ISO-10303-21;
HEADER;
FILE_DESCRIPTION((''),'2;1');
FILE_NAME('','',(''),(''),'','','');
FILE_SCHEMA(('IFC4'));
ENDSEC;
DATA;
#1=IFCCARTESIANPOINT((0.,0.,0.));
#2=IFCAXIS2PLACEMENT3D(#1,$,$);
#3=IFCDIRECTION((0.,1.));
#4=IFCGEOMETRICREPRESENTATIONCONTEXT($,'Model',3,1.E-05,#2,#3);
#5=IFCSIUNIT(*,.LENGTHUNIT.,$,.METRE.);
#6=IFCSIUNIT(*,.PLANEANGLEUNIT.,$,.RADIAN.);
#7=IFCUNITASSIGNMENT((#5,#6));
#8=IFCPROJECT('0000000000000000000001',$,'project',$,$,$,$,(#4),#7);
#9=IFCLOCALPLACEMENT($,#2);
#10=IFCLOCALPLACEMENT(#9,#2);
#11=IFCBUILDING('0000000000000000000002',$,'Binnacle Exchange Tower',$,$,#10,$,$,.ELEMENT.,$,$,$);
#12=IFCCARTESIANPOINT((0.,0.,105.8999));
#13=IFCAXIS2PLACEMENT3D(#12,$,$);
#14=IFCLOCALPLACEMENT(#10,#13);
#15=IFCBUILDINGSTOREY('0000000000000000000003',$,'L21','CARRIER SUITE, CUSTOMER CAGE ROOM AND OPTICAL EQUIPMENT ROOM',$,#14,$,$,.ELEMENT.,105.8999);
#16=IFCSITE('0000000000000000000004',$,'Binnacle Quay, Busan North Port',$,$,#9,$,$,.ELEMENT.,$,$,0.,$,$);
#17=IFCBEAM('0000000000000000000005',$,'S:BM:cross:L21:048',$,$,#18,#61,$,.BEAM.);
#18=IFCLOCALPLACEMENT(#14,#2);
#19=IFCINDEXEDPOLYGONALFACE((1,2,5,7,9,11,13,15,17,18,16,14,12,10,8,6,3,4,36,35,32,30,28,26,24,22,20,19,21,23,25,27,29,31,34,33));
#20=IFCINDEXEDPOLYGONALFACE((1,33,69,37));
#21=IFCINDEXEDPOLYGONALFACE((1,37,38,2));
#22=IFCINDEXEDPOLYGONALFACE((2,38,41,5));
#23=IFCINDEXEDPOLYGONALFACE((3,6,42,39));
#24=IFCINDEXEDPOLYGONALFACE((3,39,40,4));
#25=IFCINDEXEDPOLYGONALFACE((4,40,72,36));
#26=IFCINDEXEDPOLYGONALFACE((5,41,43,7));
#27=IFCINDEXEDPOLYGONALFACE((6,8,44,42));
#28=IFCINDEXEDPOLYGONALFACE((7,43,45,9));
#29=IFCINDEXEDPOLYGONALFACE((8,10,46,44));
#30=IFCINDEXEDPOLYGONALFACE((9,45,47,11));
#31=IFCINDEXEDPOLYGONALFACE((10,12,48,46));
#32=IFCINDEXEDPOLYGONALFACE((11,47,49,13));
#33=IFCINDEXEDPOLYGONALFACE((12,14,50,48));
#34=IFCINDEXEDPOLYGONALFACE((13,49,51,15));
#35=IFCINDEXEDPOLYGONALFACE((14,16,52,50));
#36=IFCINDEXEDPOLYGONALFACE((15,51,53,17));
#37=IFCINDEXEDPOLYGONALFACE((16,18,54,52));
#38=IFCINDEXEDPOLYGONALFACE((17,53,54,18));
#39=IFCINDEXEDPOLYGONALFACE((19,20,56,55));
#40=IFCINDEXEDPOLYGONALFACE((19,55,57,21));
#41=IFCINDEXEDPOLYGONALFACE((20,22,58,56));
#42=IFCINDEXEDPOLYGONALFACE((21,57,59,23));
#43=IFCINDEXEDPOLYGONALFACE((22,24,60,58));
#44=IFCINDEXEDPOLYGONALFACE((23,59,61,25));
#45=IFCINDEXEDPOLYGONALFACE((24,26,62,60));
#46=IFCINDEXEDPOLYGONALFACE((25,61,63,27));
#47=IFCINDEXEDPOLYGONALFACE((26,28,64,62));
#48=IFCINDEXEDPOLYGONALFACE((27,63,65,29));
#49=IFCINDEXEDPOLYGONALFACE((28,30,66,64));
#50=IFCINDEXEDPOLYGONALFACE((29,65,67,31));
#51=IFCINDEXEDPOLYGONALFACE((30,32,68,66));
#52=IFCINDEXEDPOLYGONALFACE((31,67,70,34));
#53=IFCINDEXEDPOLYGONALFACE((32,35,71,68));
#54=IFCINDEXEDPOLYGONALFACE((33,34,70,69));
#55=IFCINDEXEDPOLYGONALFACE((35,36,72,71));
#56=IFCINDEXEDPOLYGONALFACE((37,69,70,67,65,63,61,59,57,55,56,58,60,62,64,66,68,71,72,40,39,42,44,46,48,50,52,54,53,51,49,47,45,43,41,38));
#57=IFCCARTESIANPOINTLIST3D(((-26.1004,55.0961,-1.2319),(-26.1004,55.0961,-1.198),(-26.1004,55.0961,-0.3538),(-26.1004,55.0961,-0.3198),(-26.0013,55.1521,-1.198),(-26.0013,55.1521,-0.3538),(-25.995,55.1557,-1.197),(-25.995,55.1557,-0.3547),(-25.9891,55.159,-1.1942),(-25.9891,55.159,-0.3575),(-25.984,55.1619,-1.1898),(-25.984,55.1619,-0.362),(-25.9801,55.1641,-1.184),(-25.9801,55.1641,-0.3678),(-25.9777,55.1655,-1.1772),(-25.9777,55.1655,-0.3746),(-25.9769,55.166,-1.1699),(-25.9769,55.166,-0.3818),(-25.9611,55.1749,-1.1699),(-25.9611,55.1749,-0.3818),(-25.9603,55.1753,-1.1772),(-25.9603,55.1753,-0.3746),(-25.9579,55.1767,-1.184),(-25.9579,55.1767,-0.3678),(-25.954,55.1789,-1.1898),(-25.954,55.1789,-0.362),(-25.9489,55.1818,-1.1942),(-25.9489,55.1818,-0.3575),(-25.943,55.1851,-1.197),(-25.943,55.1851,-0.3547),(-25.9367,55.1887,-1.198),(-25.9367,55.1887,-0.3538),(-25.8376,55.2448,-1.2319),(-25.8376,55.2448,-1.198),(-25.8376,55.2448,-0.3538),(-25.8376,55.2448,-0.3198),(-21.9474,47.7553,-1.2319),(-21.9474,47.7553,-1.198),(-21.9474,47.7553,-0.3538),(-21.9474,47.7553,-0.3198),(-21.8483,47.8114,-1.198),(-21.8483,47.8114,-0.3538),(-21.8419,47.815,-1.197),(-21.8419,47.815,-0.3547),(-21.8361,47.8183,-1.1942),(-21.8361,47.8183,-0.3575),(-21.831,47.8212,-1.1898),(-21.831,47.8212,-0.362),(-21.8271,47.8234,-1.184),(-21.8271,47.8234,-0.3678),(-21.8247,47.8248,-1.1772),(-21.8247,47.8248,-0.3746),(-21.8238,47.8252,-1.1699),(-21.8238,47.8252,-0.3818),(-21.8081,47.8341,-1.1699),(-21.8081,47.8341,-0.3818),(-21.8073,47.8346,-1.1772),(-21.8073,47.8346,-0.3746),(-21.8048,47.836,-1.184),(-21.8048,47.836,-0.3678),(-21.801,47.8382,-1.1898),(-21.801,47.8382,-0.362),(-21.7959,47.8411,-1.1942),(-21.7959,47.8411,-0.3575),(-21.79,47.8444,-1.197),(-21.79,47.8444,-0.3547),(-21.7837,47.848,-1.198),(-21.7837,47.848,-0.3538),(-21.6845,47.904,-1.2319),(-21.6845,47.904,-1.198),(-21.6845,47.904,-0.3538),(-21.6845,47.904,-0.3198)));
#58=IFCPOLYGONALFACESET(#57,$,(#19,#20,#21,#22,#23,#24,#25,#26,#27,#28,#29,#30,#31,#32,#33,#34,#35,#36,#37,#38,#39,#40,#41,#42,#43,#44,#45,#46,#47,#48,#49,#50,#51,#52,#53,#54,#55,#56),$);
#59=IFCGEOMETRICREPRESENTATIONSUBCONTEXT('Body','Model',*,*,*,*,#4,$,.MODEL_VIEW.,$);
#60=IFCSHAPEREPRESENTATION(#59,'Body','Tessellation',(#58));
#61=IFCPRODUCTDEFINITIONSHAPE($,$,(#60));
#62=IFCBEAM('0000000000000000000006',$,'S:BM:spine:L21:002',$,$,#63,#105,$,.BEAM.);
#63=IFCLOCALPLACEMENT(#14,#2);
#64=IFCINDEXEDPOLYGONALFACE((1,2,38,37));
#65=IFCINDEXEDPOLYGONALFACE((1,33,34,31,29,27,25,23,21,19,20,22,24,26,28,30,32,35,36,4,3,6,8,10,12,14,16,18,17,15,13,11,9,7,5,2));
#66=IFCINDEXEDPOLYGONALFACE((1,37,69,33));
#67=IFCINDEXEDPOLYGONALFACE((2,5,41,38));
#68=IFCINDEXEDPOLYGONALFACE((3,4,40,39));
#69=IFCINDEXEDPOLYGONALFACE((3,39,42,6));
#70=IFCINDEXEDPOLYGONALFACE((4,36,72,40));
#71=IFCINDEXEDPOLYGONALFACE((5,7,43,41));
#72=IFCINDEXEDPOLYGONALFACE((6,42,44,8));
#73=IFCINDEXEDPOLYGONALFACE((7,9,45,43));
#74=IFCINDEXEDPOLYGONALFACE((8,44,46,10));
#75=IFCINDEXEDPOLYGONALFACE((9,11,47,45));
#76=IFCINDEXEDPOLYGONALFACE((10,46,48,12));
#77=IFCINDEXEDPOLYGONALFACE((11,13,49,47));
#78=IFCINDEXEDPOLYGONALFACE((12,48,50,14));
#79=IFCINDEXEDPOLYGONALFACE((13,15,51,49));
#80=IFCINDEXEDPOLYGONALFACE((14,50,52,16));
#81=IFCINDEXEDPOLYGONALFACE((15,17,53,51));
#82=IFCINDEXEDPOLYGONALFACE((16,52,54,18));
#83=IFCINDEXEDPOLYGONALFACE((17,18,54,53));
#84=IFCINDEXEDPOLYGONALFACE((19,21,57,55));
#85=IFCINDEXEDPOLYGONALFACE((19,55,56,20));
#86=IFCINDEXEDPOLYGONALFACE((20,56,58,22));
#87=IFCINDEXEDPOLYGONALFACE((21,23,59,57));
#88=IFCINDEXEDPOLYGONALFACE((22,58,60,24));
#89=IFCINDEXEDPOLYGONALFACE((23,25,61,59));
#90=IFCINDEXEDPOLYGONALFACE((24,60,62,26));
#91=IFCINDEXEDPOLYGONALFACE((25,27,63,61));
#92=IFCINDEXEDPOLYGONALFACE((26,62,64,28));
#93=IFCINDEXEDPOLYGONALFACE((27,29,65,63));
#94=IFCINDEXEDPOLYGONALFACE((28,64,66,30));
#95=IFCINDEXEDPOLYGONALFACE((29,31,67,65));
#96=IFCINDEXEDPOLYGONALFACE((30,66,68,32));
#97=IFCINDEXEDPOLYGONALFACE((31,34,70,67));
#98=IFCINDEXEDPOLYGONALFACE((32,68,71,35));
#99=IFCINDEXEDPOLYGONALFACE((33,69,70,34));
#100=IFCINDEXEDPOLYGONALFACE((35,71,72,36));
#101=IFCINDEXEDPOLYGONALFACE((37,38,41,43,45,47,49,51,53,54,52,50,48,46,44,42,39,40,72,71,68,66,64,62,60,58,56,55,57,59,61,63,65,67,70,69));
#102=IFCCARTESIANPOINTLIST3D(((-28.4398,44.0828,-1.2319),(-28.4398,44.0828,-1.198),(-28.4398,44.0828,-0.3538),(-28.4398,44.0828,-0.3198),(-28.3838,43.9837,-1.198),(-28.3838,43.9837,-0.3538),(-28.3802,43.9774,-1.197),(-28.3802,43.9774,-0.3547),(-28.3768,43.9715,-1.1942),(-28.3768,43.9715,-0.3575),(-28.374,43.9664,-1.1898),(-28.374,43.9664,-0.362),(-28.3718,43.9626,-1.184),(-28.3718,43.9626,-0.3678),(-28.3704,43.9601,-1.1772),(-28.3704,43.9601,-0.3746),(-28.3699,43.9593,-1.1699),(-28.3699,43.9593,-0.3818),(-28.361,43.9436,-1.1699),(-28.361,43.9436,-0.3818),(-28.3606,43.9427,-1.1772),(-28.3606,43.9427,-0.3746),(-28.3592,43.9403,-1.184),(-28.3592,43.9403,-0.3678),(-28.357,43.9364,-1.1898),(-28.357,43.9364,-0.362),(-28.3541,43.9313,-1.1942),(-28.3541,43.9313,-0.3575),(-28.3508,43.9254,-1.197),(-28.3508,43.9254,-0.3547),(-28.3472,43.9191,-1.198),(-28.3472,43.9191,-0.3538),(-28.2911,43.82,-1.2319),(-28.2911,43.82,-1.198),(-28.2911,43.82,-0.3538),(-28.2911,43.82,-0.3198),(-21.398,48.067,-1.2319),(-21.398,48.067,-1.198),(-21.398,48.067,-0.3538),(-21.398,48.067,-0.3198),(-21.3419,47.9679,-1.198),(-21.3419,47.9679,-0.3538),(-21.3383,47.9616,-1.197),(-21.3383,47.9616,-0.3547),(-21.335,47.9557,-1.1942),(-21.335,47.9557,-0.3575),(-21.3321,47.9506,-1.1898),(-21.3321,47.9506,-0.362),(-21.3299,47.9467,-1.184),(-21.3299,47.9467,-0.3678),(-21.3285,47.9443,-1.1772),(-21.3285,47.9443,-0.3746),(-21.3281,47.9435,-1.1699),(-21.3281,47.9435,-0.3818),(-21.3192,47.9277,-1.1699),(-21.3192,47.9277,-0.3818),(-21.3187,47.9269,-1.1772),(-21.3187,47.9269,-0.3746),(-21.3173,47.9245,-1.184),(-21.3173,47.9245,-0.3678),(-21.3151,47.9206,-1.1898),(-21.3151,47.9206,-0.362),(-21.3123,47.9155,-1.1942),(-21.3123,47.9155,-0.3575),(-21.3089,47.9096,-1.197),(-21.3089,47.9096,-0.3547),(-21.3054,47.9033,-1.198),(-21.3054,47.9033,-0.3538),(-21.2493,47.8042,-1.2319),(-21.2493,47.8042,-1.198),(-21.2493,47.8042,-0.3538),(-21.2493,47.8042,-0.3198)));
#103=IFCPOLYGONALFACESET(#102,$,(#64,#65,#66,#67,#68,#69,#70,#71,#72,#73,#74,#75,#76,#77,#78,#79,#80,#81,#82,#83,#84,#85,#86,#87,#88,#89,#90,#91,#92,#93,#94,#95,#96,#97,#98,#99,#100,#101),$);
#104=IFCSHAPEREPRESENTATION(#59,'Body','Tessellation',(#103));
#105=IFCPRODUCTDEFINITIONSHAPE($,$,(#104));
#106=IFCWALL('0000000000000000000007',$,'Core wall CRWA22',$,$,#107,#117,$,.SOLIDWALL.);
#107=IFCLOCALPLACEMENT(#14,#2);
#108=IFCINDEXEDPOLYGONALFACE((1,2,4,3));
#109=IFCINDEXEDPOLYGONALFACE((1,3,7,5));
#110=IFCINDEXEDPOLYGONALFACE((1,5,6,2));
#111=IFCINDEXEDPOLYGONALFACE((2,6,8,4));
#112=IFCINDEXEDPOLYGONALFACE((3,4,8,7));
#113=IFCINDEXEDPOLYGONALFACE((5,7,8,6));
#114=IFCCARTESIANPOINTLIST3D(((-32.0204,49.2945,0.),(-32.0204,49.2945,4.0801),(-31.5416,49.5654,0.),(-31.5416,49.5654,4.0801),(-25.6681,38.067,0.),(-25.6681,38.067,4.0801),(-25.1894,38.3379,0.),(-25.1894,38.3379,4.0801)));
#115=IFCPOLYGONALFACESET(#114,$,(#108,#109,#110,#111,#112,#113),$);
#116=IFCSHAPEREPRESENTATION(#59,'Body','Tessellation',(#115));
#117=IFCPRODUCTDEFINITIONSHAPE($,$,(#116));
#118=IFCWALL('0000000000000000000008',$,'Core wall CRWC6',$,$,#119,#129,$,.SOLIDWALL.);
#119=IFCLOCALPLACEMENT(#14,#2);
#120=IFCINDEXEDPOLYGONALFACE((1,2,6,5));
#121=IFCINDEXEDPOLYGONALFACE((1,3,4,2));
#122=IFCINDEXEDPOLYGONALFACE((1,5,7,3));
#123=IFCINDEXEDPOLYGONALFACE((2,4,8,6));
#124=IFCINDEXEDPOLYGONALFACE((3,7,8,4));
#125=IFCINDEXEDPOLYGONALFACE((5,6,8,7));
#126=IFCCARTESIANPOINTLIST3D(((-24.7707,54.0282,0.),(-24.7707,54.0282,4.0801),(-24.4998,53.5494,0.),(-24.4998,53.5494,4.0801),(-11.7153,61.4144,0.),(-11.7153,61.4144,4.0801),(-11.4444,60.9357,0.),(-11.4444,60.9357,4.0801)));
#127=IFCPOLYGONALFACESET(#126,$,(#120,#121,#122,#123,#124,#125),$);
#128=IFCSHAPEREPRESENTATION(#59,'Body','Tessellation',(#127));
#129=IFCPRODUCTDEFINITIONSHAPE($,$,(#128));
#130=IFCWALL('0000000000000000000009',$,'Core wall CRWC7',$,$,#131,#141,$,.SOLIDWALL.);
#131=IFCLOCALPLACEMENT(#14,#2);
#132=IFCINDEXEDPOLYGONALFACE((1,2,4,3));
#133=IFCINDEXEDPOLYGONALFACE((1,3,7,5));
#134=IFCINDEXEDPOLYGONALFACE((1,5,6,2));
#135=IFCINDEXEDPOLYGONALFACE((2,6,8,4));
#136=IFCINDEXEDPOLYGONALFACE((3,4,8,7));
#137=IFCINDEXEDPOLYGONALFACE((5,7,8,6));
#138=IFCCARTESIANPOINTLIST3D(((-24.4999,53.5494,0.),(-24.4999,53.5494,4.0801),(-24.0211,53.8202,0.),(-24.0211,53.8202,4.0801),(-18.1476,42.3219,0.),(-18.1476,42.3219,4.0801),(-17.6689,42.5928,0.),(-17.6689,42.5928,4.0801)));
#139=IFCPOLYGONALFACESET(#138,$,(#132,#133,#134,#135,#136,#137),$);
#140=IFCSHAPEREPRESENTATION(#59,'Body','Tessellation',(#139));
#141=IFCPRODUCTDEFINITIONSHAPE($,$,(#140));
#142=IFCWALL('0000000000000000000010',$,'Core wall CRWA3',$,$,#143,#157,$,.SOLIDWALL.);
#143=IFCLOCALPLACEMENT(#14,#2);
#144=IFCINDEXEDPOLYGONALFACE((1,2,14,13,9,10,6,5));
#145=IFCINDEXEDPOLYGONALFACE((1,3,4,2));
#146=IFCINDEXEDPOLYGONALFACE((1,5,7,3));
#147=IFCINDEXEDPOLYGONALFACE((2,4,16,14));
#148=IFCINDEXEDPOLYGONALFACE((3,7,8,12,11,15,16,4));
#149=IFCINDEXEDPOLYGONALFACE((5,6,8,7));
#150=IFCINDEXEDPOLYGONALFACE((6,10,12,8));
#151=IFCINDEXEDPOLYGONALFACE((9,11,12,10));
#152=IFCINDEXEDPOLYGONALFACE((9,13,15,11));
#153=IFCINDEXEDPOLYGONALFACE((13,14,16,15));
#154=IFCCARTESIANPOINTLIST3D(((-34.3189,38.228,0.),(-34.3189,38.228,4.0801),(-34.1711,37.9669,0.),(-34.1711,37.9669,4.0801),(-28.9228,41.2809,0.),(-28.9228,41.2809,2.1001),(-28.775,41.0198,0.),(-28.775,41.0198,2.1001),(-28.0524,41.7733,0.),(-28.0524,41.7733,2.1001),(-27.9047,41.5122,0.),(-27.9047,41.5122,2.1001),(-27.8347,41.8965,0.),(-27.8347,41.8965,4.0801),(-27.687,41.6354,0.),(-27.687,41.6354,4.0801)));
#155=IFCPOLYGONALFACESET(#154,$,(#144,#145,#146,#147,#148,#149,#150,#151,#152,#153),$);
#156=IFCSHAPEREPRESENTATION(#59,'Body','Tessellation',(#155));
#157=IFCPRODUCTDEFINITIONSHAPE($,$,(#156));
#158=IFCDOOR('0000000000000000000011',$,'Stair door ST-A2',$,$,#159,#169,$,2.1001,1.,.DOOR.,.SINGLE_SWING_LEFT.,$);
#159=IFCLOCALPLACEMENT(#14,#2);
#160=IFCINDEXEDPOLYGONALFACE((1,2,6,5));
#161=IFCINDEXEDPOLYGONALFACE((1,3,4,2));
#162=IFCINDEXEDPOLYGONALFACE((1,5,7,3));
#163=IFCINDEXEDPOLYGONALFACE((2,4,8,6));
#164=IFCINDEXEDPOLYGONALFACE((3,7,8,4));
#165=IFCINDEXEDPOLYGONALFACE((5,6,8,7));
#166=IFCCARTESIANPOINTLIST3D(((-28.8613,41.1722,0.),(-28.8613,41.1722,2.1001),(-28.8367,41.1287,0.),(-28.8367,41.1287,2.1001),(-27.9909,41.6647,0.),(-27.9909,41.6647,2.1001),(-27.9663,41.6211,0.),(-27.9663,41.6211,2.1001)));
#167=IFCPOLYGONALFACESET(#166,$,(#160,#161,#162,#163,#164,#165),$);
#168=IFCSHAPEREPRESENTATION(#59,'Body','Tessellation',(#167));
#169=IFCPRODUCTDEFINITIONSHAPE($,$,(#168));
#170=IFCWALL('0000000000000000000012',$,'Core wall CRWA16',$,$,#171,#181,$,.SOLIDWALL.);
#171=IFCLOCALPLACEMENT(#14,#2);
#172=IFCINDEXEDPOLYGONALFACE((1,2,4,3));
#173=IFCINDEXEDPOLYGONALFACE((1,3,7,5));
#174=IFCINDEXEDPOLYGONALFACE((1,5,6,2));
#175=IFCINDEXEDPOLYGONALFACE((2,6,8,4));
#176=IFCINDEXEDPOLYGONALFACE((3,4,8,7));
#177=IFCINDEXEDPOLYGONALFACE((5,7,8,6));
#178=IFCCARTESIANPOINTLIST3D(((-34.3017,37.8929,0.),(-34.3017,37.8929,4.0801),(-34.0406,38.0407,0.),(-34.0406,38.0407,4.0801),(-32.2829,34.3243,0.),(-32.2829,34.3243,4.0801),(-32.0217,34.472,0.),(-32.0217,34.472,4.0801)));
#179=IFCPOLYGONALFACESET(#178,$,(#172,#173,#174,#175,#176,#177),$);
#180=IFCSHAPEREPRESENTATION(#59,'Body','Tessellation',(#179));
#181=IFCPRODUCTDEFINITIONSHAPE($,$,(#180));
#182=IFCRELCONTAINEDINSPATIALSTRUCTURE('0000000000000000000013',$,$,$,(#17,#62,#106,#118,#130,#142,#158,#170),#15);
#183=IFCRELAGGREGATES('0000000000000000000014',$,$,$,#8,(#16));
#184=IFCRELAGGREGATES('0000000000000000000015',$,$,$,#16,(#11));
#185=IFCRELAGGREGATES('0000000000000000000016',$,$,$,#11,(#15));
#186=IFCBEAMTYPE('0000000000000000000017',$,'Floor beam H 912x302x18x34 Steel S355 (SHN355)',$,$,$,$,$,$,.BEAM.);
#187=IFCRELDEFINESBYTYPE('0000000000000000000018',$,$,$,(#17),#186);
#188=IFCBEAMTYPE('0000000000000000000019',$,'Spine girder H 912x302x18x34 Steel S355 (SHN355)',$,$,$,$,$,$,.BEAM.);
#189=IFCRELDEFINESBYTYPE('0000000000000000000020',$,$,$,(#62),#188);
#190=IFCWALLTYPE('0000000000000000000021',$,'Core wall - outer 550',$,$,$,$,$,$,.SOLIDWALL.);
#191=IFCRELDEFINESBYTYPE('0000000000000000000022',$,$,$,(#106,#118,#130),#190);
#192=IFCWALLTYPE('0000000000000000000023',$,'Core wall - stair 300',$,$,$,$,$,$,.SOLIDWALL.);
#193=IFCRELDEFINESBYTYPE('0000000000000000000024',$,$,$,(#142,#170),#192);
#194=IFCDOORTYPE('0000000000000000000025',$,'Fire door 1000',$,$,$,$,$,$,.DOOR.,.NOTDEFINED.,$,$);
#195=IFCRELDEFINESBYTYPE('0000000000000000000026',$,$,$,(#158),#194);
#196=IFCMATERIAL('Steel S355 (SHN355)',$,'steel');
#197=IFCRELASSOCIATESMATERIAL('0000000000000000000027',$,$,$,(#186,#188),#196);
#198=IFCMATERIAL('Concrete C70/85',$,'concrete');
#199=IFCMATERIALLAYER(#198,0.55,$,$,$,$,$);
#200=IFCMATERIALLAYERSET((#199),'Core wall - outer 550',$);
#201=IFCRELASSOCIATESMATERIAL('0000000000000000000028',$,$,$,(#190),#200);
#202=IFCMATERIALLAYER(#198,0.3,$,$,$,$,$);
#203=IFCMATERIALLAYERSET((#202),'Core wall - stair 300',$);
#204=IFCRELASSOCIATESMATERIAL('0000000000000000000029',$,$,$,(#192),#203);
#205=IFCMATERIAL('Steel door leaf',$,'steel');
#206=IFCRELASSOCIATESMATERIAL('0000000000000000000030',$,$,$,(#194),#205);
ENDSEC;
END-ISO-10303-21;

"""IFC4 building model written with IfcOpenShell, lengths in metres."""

from ifc_helpers import new_model, si_unit, direction, frame, frame_2d, origin, origin_2d, place, context, subcontext, project, spatial, rectangle, i_section, extrude, material, layer, layer_set, material_profile, profile_set, type_object, element, fill, save


model = new_model("IFC4")

# Units and contexts
model_context = context("Model", 3, precision=1e-05, world=origin(), true_north=direction((0.0, 1.0)))
body_context = subcontext(model_context, "Body", "Model", "MODEL_VIEW")
ifc_project = project(units=[si_unit("LENGTHUNIT", "METRE"), si_unit("PLANEANGLEUNIT", "RADIAN")], contexts=[model_context])

# Site, building, storey
site_placement = place(None, origin())
site = spatial("IfcSite", under=ifc_project, at=site_placement, Name="Binnacle Quay, Busan North Port", CompositionType="ELEMENT", RefElevation=0.0)
building_placement = place(site_placement, origin())
building = spatial("IfcBuilding", under=site, at=building_placement, Name="Binnacle Exchange Tower", CompositionType="ELEMENT")
storey_placement = place(building_placement, frame((0.0, 0.0, 105.8999)))
storey = spatial("IfcBuildingStorey", under=building, at=storey_placement, Name="L21", Description="CARRIER SUITE, CUSTOMER CAGE ROOM AND OPTICAL EQUIPMENT ROOM", CompositionType="ELEMENT", Elevation=105.8999)

# Shared definitions
ifc_material_1 = material(Name="Concrete C70/85", Category="concrete")

# Beams
ifc_material_2 = material(Name="Steel S355 (SHN355)", Category="steel")
ifc_material_profile_1 = material_profile(ifc_material_2, i_section(OverallWidth=0.302, OverallDepth=0.9121, WebThickness=0.0181, FlangeThickness=0.0339, FilletRadius=0.0281, at=origin_2d()), Name="H 912x302x18x34")
ifc_profile_set_1 = profile_set([ifc_material_profile_1], Name="Steel S355 (SHN355)")
beam_type_1 = type_object("IfcBeamType", Name="Floor beam H 912x302x18x34 Steel S355 (SHN355)", PredefinedType="BEAM", material=ifc_profile_set_1)
beam_1_placement = place(storey_placement, frame((-25.969, 55.1704, -0.7759), z_axis=(0.492409, -0.870364, 0.0), x_axis=(0.870364, 0.492409, 0.0)))
element("IfcBeam", 1, at=beam_1_placement, inside=storey, type_object=beam_type_1, Name="S:BM:cross:L21:048", PredefinedType="BEAM", context=body_context, shape_type="SweptSolid", body=[
    extrude(i_section(OverallWidth=0.302, OverallDepth=0.9121, WebThickness=0.0181, FlangeThickness=0.0339, FilletRadius=0.0281, at=origin_2d()), origin(), (0.0, 0.0, 1.0), 8.4341),
])
ifc_material_profile_2 = material_profile(ifc_material_2, i_section(OverallWidth=0.302, OverallDepth=0.9121, WebThickness=0.0181, FlangeThickness=0.0339, FilletRadius=0.0281, at=origin_2d()), Name="H 912x302x18x34")
ifc_profile_set_2 = profile_set([ifc_material_profile_2], Name="Steel S355 (SHN355)")
beam_type_2 = type_object("IfcBeamType", Name="Spine girder H 912x302x18x34 Steel S355 (SHN355)", PredefinedType="BEAM", material=ifc_profile_set_2)
beam_2_placement = place(storey_placement, frame((-28.3655, 43.9514, -0.7759), z_axis=(0.87035, 0.492433, 0.0), x_axis=(-0.492433, 0.87035, 0.0)))
element("IfcBeam", 2, at=beam_2_placement, inside=storey, type_object=beam_type_2, Name="S:BM:spine:L21:002", PredefinedType="BEAM", context=body_context, shape_type="SweptSolid", body=[
    extrude(i_section(OverallWidth=0.302, OverallDepth=0.9121, WebThickness=0.0181, FlangeThickness=0.0339, FilletRadius=0.0281, at=origin_2d()), origin(), (0.0, 0.0, 1.0), 8.0908),
])

# Walls
ifc_layer_1 = layer(ifc_material_1, 0.55)
ifc_layer_set_1 = layer_set([ifc_layer_1], Name="Core wall - outer 550")
wall_type_1 = type_object("IfcWallType", Name="Core wall - outer 550", PredefinedType="SOLIDWALL", material=ifc_layer_set_1)
wall_1_placement = place(storey_placement, frame((-31.781, 49.4299, 0.0), z_axis=(0.0, 0.0, 1.0), x_axis=(0.492427, -0.870354, 0.0)))
element("IfcWall", 3, at=wall_1_placement, inside=storey, type_object=wall_type_1, Name="Core wall CRWA22", PredefinedType="SOLIDWALL", context=body_context, shape_type="SweptSolid", body=[
    extrude(rectangle(XDim=12.8999, YDim=0.55, at=frame_2d((6.45, 0.0))), origin(), (0.0, 0.0, 1.0), 4.0801),
])
wall_2_placement = place(storey_placement, frame((-24.6353, 53.7888, 0.0), z_axis=(0.0, 0.0, 1.0), x_axis=(0.870361, 0.492415, 0.0)))
element("IfcWall", 4, at=wall_2_placement, inside=storey, type_object=wall_type_1, Name="Core wall CRWC6", PredefinedType="SOLIDWALL", context=body_context, shape_type="SweptSolid", body=[
    extrude(rectangle(XDim=15.0, YDim=0.55, at=frame_2d((7.5, 0.0))), origin(), (0.0, 0.0, 1.0), 4.0801),
])
wall_3_placement = place(storey_placement, frame((-24.2605, 53.6848, 0.0), z_axis=(0.0, 0.0, 1.0), x_axis=(0.492427, -0.870354, 0.0)))
element("IfcWall", 5, at=wall_3_placement, inside=storey, type_object=wall_type_1, Name="Core wall CRWC7", PredefinedType="SOLIDWALL", context=body_context, shape_type="SweptSolid", body=[
    extrude(rectangle(XDim=12.8999, YDim=0.55, at=frame_2d((6.45, 0.0))), origin(), (0.0, 0.0, 1.0), 4.0801),
])

# Wall, opening, door
ifc_layer_2 = layer(ifc_material_1, 0.3)
ifc_layer_set_2 = layer_set([ifc_layer_2], Name="Core wall - stair 300")
wall_type_2 = type_object("IfcWallType", Name="Core wall - stair 300", PredefinedType="SOLIDWALL", material=ifc_layer_set_2)
wall_4_placement = place(storey_placement, frame((-34.2451, 38.0974, 0.0), z_axis=(0.0, 0.0, 1.0), x_axis=(0.870361, 0.492415, 0.0)))
wall_4 = element("IfcWall", 6, at=wall_4_placement, inside=storey, type_object=wall_type_2, Name="Core wall CRWA3", PredefinedType="SOLIDWALL", context=body_context, shape_type="SweptSolid", body=[
    extrude(rectangle(XDim=7.45, YDim=0.3, at=frame_2d((3.7251, 0.0))), origin(), (0.0, 0.0, 1.0), 4.0801),
])
opening_1_placement = place(wall_4_placement, frame((6.2, 0.0, 0.0)))
opening_1 = element("IfcOpeningElement", 7, at=opening_1_placement, cuts=wall_4, PredefinedType="OPENING", context=body_context, shape_type="SweptSolid", body=[
    extrude(rectangle(XDim=1.0, YDim=2.1001, at=frame_2d((0.5, 1.05))), frame((0.0, 0.1599, 0.0), z_axis=(0.0, -1.0, 0.0), x_axis=(1.0, 0.0, 0.0)), (0.0, 0.0, 1.0), 0.3201),
])
ifc_material_3 = material(Name="Steel door leaf", Category="steel")
door_type_1 = type_object("IfcDoorType", Name="Fire door 1000", OperationType="NOTDEFINED", PredefinedType="DOOR", material=ifc_material_3)
door_1_placement = place(opening_1_placement, frame((1.0, 0.0, 0.0), z_axis=(0.0, 0.0, 1.0), x_axis=(-1.0, 0.0, 0.0)))
door_1 = element("IfcDoor", 8, at=door_1_placement, inside=storey, type_object=door_type_1, Name="Stair door ST-A2", OperationType="SINGLE_SWING_LEFT", OverallHeight=2.1001, OverallWidth=1.0, PredefinedType="DOOR", context=body_context, shape_type="SweptSolid", body=[
    extrude(rectangle(XDim=1.0, YDim=2.1001, at=frame_2d((0.5, 1.05))), frame((0.0, 0.0249, 0.0), z_axis=(0.0, -1.0, 0.0), x_axis=(1.0, 0.0, 0.0)), (0.0, 0.0, 1.0), 0.05),
])
fill(opening_1, door_1)

# Wall
wall_5_placement = place(storey_placement, frame((-34.1711, 37.9668, 0.0), z_axis=(0.0, 0.0, 1.0), x_axis=(0.492383, -0.870379, 0.0)))
element("IfcWall", 9, at=wall_5_placement, inside=storey, type_object=wall_type_2, Name="Core wall CRWA16", PredefinedType="SOLIDWALL", context=body_context, shape_type="SweptSolid", body=[
    extrude(rectangle(XDim=4.1001, YDim=0.3, at=frame_2d((2.05, 0.0))), origin(), (0.0, 0.0, 1.0), 4.0801),
])

save(model, "model.ifc")
